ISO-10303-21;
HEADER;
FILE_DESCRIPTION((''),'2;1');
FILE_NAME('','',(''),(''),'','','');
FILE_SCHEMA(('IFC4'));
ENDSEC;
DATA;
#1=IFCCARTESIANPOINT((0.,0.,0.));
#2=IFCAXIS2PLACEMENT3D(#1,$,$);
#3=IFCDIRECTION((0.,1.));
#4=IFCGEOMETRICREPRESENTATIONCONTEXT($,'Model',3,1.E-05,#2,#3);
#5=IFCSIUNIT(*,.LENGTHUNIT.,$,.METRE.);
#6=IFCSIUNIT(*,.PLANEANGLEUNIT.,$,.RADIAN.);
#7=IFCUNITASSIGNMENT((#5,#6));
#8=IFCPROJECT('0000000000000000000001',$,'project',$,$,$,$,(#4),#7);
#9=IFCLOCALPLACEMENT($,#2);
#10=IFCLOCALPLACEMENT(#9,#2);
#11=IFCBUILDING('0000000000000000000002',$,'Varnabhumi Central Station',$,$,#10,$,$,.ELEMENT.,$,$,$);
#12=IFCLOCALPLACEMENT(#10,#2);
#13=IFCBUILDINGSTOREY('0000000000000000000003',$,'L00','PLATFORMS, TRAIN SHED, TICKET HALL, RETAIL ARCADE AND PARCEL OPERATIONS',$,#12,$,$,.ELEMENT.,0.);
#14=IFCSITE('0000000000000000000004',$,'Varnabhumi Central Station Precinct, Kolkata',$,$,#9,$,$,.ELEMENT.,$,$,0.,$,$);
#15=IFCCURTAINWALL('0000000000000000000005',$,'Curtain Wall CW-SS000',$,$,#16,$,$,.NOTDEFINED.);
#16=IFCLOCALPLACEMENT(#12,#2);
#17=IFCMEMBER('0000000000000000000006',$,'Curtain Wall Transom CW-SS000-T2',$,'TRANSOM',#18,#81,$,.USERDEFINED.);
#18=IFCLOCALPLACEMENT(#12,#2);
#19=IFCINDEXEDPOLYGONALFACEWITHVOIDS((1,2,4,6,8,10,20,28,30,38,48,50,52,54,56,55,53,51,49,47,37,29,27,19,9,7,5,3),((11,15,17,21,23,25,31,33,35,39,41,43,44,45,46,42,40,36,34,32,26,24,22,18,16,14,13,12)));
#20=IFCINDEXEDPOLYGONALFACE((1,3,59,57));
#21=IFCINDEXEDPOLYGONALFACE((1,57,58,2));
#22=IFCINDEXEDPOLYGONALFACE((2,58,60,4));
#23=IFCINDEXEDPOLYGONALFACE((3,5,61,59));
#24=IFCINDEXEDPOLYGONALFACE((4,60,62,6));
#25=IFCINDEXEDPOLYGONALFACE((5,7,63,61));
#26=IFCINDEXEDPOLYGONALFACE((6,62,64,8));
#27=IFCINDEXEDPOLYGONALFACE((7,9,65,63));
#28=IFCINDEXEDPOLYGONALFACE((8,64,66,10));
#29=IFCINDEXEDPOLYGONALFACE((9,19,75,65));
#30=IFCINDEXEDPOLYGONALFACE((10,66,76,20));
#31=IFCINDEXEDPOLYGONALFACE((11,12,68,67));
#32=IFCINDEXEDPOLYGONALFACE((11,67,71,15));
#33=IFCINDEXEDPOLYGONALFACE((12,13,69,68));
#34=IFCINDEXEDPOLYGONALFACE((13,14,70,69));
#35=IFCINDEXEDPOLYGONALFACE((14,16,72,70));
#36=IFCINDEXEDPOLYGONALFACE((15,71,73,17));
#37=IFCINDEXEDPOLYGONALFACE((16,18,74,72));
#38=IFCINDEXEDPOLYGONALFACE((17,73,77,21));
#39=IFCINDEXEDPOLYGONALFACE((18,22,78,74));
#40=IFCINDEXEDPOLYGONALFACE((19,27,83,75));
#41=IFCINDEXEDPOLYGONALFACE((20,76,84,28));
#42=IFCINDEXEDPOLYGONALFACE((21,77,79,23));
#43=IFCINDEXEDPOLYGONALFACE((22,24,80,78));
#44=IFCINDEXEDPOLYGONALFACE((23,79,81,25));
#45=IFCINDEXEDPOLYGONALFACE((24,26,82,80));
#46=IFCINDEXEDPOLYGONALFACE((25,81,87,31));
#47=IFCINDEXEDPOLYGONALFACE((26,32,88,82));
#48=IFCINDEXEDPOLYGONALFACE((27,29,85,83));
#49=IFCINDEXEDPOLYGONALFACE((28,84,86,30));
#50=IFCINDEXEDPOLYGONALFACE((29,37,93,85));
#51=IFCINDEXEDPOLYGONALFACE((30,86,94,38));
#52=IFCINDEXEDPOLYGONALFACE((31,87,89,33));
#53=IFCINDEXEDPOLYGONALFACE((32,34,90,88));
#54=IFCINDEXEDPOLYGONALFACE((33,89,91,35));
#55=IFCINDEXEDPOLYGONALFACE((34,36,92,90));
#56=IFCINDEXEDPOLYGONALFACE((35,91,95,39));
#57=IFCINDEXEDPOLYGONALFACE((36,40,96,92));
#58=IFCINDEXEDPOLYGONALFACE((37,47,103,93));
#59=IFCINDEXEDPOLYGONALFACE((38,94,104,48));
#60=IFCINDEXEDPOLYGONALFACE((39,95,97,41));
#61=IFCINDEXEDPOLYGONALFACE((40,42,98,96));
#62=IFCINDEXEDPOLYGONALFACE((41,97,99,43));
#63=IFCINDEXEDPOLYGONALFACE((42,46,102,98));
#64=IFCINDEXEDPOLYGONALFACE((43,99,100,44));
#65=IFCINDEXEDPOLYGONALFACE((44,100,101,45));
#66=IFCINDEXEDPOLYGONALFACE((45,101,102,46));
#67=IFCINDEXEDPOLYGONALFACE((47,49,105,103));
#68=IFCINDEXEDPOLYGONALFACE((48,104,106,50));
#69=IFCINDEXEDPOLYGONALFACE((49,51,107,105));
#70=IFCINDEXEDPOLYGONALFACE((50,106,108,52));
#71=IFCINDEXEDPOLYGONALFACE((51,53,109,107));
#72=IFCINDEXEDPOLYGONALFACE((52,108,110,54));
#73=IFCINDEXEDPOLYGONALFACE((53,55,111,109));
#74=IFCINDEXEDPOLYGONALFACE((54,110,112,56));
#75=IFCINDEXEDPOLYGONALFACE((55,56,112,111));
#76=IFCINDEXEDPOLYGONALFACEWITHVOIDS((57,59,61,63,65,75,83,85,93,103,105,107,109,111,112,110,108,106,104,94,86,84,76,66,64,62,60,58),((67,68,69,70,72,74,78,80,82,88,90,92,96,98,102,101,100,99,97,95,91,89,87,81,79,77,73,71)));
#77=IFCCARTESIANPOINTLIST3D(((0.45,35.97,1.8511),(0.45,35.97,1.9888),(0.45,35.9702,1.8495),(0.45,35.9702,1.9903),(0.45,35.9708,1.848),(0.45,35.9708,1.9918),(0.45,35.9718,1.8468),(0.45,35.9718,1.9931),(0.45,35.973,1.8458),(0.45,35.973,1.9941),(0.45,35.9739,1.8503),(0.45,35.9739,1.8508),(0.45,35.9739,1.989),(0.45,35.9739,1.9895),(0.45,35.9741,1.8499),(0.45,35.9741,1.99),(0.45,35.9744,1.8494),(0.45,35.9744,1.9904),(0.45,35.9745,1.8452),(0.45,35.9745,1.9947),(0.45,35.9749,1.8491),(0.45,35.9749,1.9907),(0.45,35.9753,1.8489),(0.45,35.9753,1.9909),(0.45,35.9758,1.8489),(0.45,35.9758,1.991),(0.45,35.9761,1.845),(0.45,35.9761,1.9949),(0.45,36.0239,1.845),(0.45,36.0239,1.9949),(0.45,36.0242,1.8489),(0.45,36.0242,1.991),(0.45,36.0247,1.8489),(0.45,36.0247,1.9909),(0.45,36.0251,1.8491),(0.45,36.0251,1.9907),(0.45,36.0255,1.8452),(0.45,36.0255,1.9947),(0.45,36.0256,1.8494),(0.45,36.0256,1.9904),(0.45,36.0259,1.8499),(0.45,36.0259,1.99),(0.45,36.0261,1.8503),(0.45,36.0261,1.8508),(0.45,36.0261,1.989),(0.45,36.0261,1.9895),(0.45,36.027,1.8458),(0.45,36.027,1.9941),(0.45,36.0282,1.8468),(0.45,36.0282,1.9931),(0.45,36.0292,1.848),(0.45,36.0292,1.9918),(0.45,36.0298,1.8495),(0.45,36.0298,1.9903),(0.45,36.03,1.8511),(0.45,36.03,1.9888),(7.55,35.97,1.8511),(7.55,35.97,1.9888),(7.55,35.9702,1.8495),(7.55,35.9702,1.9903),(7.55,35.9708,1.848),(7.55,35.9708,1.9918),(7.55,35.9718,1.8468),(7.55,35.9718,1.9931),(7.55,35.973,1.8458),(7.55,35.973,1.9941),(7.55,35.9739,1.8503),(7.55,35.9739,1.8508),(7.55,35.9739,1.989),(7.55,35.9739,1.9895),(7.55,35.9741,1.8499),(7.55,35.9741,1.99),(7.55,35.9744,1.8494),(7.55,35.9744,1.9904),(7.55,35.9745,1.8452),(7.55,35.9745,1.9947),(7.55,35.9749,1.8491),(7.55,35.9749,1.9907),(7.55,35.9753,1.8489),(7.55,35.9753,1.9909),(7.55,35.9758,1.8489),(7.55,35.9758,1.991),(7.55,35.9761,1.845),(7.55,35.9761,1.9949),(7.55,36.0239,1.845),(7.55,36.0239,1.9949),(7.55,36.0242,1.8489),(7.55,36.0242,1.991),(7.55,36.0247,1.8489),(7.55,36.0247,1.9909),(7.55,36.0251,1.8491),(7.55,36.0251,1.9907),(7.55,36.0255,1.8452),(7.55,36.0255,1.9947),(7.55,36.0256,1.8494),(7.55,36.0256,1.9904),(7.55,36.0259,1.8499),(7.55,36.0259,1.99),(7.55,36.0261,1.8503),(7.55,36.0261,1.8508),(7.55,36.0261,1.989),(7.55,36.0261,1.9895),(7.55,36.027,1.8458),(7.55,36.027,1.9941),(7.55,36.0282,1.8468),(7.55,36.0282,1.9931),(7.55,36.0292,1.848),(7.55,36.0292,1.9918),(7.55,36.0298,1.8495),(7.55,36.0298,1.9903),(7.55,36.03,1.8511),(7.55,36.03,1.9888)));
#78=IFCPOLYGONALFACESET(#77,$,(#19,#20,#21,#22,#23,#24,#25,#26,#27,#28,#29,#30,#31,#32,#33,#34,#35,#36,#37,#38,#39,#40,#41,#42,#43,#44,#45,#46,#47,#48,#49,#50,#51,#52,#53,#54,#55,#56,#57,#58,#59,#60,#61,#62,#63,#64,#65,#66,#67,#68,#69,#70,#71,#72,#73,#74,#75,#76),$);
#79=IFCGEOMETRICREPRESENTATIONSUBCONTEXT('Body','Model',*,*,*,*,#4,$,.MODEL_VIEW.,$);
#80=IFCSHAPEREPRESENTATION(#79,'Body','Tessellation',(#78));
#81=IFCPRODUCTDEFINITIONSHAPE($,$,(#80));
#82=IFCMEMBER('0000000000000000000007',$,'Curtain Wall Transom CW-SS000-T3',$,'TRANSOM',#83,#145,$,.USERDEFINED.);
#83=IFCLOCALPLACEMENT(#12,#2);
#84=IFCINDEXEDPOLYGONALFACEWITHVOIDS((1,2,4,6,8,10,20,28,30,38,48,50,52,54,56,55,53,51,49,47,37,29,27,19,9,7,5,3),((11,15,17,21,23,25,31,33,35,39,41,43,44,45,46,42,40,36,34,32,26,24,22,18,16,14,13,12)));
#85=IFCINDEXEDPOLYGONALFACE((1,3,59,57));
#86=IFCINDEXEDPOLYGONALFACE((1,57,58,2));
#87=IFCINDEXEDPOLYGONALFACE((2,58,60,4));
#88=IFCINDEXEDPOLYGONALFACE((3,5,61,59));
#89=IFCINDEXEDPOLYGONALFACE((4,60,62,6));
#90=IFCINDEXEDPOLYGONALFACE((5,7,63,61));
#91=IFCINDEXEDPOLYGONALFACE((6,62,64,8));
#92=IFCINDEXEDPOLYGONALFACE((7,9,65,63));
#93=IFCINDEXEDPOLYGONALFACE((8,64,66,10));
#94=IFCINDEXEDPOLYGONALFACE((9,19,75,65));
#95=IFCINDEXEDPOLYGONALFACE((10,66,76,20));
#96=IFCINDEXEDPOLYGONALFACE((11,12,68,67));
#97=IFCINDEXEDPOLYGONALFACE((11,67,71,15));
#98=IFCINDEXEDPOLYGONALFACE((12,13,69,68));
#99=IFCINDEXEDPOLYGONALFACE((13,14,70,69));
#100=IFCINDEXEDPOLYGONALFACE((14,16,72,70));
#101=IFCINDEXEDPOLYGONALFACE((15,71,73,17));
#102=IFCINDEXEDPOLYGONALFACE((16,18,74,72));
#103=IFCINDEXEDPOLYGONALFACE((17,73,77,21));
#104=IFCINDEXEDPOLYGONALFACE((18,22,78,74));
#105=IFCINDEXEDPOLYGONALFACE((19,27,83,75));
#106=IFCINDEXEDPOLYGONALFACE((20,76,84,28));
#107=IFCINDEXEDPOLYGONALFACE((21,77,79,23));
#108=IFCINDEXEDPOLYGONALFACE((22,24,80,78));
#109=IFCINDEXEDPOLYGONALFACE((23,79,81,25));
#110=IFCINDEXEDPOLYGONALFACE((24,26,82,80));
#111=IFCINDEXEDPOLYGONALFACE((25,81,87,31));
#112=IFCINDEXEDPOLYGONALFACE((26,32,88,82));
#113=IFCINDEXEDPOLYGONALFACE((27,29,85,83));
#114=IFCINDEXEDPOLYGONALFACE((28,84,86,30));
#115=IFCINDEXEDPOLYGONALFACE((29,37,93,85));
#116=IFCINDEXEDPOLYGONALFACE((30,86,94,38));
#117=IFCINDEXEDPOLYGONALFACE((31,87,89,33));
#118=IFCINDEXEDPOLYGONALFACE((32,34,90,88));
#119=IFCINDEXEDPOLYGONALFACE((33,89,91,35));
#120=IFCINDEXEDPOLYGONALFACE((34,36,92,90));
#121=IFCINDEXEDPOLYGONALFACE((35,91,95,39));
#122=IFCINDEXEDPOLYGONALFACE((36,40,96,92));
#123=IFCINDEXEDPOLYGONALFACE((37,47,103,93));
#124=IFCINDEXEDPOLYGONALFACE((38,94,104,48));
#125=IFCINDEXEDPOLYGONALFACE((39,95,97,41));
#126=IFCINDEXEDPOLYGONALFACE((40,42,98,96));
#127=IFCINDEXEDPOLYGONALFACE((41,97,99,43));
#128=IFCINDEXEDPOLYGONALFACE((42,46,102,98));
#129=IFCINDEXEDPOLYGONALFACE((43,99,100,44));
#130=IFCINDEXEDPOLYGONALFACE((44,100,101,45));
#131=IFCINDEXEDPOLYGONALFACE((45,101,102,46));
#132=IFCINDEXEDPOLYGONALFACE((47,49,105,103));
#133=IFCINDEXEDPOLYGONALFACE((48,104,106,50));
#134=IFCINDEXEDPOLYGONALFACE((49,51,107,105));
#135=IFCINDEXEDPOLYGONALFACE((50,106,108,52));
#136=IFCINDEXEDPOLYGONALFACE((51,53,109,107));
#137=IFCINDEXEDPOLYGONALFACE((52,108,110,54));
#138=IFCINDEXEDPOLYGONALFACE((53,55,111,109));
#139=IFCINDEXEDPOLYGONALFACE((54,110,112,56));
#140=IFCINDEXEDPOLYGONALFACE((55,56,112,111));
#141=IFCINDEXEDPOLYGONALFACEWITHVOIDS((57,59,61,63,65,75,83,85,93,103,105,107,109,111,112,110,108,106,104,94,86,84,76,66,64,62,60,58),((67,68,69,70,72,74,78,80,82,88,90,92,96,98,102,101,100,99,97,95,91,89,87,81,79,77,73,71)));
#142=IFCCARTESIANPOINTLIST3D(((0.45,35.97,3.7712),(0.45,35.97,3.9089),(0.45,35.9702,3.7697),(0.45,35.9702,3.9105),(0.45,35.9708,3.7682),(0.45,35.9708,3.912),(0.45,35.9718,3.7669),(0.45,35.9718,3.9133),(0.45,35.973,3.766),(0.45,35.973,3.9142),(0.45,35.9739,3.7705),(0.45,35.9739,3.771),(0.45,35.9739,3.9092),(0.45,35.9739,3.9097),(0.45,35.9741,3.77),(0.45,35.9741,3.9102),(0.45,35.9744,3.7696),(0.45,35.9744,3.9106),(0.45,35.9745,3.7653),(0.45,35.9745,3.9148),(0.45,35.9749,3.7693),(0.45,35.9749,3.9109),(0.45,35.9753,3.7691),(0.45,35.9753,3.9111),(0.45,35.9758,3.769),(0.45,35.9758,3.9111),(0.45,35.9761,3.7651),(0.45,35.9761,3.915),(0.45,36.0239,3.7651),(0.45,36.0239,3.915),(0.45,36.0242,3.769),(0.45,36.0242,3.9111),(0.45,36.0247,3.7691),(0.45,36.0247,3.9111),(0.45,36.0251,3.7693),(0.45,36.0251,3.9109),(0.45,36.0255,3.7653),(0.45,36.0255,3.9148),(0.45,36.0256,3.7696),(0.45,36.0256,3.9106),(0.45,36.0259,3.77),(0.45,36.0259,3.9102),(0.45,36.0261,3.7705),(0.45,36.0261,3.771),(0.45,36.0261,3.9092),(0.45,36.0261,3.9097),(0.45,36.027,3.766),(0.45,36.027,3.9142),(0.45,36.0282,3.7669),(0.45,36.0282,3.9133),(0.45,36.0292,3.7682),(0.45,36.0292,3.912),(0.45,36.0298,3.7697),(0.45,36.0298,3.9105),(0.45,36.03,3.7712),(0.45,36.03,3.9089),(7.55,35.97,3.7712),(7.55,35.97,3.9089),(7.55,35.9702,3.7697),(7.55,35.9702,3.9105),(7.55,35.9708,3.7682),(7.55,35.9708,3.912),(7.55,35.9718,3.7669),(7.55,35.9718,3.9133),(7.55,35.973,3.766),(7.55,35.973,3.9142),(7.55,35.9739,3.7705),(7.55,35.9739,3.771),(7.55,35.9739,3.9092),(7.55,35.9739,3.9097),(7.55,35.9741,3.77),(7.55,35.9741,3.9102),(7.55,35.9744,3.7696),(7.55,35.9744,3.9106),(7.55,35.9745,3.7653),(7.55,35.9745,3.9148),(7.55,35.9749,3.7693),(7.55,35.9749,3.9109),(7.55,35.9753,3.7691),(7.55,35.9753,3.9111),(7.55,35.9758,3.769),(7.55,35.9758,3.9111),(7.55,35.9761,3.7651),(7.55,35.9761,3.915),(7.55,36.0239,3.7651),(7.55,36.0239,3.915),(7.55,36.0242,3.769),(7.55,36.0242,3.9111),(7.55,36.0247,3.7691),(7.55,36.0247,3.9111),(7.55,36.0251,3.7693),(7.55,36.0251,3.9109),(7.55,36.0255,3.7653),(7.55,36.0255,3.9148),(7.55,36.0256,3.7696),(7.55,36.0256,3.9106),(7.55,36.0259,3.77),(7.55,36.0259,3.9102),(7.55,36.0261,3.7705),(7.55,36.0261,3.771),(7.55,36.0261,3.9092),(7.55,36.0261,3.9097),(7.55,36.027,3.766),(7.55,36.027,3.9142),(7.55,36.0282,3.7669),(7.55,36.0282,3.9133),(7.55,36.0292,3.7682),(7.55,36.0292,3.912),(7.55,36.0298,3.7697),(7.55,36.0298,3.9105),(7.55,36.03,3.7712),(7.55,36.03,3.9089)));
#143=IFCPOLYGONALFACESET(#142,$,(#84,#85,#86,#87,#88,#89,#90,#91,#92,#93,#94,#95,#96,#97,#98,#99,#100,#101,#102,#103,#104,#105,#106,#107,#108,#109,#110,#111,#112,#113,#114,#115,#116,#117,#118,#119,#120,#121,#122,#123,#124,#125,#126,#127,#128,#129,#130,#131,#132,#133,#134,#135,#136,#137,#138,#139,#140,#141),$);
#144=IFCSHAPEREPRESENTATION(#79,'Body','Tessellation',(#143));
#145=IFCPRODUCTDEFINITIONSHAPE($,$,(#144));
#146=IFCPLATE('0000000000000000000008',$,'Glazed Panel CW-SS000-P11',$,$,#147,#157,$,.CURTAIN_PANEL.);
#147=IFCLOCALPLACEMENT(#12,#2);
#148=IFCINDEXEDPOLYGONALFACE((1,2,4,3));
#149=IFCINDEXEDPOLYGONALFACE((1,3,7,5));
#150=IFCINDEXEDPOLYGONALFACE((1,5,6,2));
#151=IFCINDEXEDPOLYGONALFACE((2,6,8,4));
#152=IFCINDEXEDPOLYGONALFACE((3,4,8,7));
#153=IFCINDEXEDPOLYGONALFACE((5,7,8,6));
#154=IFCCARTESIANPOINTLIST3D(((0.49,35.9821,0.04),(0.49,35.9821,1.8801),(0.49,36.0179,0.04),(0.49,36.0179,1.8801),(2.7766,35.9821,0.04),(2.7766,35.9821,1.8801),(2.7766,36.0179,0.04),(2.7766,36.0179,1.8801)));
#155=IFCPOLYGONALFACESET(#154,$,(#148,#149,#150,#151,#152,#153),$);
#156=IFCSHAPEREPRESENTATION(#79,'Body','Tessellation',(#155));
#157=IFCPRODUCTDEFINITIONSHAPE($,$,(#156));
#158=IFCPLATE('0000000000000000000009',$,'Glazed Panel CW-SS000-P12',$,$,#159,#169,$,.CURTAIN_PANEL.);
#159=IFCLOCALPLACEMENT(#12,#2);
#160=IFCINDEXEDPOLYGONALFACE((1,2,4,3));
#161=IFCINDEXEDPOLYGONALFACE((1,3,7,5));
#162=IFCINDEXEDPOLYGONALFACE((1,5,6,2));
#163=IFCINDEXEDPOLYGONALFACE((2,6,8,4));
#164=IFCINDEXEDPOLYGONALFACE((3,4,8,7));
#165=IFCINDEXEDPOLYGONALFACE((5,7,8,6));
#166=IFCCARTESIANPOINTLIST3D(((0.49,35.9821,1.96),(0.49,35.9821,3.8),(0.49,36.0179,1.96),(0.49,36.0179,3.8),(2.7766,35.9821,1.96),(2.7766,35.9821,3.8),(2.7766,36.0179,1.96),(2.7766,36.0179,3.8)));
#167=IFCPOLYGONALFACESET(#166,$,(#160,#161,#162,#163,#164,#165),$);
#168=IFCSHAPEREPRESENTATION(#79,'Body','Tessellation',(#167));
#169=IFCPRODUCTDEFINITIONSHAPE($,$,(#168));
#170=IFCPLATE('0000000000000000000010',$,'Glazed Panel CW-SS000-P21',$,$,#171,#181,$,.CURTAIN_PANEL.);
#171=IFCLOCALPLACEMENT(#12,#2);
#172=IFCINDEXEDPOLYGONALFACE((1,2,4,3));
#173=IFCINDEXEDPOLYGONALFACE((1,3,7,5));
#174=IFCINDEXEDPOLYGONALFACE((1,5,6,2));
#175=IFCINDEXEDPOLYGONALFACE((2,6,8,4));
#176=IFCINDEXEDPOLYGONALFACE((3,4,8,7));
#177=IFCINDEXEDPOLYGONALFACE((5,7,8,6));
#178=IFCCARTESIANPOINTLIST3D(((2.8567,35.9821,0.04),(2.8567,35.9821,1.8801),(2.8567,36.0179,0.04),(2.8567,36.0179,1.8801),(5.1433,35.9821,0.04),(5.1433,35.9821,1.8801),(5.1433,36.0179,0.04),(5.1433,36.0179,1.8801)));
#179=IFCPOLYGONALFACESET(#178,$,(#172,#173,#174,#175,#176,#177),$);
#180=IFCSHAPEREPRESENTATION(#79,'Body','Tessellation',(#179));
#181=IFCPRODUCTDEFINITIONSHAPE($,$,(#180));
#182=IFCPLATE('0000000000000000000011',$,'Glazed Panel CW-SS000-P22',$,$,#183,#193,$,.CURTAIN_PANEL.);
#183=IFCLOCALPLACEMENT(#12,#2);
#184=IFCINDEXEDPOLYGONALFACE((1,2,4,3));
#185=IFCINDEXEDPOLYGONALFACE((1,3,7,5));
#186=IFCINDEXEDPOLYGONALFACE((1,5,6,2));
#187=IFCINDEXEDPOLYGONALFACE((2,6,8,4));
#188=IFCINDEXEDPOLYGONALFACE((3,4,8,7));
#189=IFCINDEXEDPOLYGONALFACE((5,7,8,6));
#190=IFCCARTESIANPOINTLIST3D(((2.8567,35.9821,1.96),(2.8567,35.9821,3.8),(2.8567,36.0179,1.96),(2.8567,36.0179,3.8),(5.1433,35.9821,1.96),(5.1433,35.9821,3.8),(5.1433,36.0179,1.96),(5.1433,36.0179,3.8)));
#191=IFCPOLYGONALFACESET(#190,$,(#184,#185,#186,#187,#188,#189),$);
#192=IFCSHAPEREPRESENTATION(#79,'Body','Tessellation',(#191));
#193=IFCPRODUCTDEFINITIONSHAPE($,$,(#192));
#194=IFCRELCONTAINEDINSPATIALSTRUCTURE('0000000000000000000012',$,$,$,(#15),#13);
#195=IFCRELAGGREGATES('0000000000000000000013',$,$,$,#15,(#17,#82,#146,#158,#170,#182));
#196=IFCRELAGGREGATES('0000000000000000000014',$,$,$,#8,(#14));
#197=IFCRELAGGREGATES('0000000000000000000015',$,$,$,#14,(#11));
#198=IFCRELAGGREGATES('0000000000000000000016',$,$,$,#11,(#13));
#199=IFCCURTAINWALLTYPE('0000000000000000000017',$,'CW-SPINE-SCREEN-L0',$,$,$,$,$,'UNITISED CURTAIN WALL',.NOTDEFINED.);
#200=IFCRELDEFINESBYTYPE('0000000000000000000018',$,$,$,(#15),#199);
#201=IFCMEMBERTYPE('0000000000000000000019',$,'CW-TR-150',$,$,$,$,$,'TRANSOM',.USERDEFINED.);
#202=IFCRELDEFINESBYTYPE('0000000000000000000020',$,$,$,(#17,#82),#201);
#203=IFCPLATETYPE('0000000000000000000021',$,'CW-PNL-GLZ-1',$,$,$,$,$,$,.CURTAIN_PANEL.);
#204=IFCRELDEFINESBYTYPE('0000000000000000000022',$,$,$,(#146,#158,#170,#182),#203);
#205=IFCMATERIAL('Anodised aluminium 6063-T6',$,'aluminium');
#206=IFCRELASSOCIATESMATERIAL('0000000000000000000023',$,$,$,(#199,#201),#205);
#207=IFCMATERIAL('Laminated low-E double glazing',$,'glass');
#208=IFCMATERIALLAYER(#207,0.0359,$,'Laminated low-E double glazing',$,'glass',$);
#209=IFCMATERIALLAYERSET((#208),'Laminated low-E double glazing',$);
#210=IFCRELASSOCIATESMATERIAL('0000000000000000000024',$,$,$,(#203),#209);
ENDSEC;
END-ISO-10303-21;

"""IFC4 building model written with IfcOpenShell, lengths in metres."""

from ifc_helpers import new_model, si_unit, direction, frame, origin, origin_2d, place, context, subcontext, project, spatial, rectangle, hollow_rectangle, extrude, material, layer, layer_set, material_profile, profile_set, type_object, element, aggregate, save


model = new_model("IFC4")

# Units and contexts
model_context = context("Model", 3, precision=1e-05, world=origin(), true_north=direction((0.0, 1.0)))
body_context = subcontext(model_context, "Body", "Model", "MODEL_VIEW")
ifc_project = project(units=[si_unit("LENGTHUNIT", "METRE"), si_unit("PLANEANGLEUNIT", "RADIAN")], contexts=[model_context])

# Site, building, storey
site_placement = place(None, origin())
site = spatial("IfcSite", under=ifc_project, at=site_placement, Name="Varnabhumi Central Station Precinct, Kolkata", CompositionType="ELEMENT", RefElevation=0.0)
building_placement = place(site_placement, origin())
building = spatial("IfcBuilding", under=site, at=building_placement, Name="Varnabhumi Central Station", CompositionType="ELEMENT")
storey_placement = place(building_placement, origin())
storey = spatial("IfcBuildingStorey", under=building, at=storey_placement, Name="L00", Description="PLATFORMS, TRAIN SHED, TICKET HALL, RETAIL ARCADE AND PARCEL OPERATIONS", CompositionType="ELEMENT", Elevation=0.0)

# Curtain wall, members, plates
ifc_material_1 = material(Name="Anodised aluminium 6063-T6", Category="aluminium")
curtain_wall_type = type_object("IfcCurtainWallType", Name="CW-SPINE-SCREEN-L0", ElementType="UNITISED CURTAIN WALL", PredefinedType="NOTDEFINED", material=ifc_material_1)
curtain_wall_placement = place(storey_placement, origin())
curtain_wall = element("IfcCurtainWall", 1, at=curtain_wall_placement, inside=storey, type_object=curtain_wall_type, Name="Curtain Wall CW-SS000", PredefinedType="NOTDEFINED")
ifc_material_profile_1 = material_profile(ifc_material_1, hollow_rectangle(XDim=0.0601, YDim=0.1499, WallThickness=0.0039, InnerFilletRadius=0.002, OuterFilletRadius=0.0061, at=origin_2d()), Name="Anodised aluminium 6063-T6", Category="aluminium")
ifc_profile_set_1 = profile_set([ifc_material_profile_1], Name="Anodised aluminium 6063-T6")
member_type_1 = type_object("IfcMemberType", Name="CW-TR-150", ElementType="TRANSOM", PredefinedType="USERDEFINED", material=ifc_profile_set_1)
member_1_placement = place(storey_placement, frame((0.45, 36.0, 1.9199), z_axis=(1.0, 0.0, 0.0), x_axis=(0.0, 1.0, 0.0)))
member_1 = element("IfcMember", 2, at=member_1_placement, type_object=member_type_1, Name="Curtain Wall Transom CW-SS000-T2", ObjectType="TRANSOM", PredefinedType="USERDEFINED", context=body_context, shape_type="SweptSolid", body=[
    extrude(hollow_rectangle(XDim=0.0601, YDim=0.1499, WallThickness=0.0039, InnerFilletRadius=0.002, OuterFilletRadius=0.0061, at=origin_2d()), origin(), (0.0, 0.0, 1.0), 7.1001),
])
member_2_placement = place(storey_placement, frame((0.45, 36.0, 3.8401), z_axis=(1.0, 0.0, 0.0), x_axis=(0.0, 1.0, 0.0)))
member_2 = element("IfcMember", 3, at=member_2_placement, type_object=member_type_1, Name="Curtain Wall Transom CW-SS000-T3", ObjectType="TRANSOM", PredefinedType="USERDEFINED", context=body_context, shape_type="SweptSolid", body=[
    extrude(hollow_rectangle(XDim=0.0601, YDim=0.1499, WallThickness=0.0039, InnerFilletRadius=0.002, OuterFilletRadius=0.0061, at=origin_2d()), origin(), (0.0, 0.0, 1.0), 7.1001),
])
ifc_material_2 = material(Name="Laminated low-E double glazing", Category="glass")
ifc_layer_1 = layer(ifc_material_2, 0.0359, Name="Laminated low-E double glazing", Category="glass")
ifc_layer_set_1 = layer_set([ifc_layer_1], Name="Laminated low-E double glazing")
plate_type_1 = type_object("IfcPlateType", Name="CW-PNL-GLZ-1", PredefinedType="CURTAIN_PANEL", material=ifc_layer_set_1)
plate_1_placement = place(storey_placement, frame((1.6333, 36.0, 0.04), z_axis=(0.0, 0.0, 1.0), x_axis=(1.0, 0.0, 0.0)))
plate_1 = element("IfcPlate", 4, at=plate_1_placement, type_object=plate_type_1, Name="Glazed Panel CW-SS000-P11", PredefinedType="CURTAIN_PANEL", context=body_context, shape_type="SweptSolid", body=[
    extrude(rectangle(XDim=2.2866, YDim=0.0359, at=origin_2d()), origin(), (0.0, 0.0, 1.0), 1.8401),
])
plate_2_placement = place(storey_placement, frame((1.6333, 36.0, 1.96), z_axis=(0.0, 0.0, 1.0), x_axis=(1.0, 0.0, 0.0)))
plate_2 = element("IfcPlate", 5, at=plate_2_placement, type_object=plate_type_1, Name="Glazed Panel CW-SS000-P12", PredefinedType="CURTAIN_PANEL", context=body_context, shape_type="SweptSolid", body=[
    extrude(rectangle(XDim=2.2866, YDim=0.0359, at=origin_2d()), origin(), (0.0, 0.0, 1.0), 1.8401),
])
plate_3_placement = place(storey_placement, frame((4.0, 36.0, 0.04), z_axis=(0.0, 0.0, 1.0), x_axis=(1.0, 0.0, 0.0)))
plate_3 = element("IfcPlate", 6, at=plate_3_placement, type_object=plate_type_1, Name="Glazed Panel CW-SS000-P21", PredefinedType="CURTAIN_PANEL", context=body_context, shape_type="SweptSolid", body=[
    extrude(rectangle(XDim=2.2866, YDim=0.0359, at=origin_2d()), origin(), (0.0, 0.0, 1.0), 1.8401),
])
plate_4_placement = place(storey_placement, frame((4.0, 36.0, 1.96), z_axis=(0.0, 0.0, 1.0), x_axis=(1.0, 0.0, 0.0)))
plate_4 = element("IfcPlate", 7, at=plate_4_placement, type_object=plate_type_1, Name="Glazed Panel CW-SS000-P22", PredefinedType="CURTAIN_PANEL", context=body_context, shape_type="SweptSolid", body=[
    extrude(rectangle(XDim=2.2866, YDim=0.0359, at=origin_2d()), origin(), (0.0, 0.0, 1.0), 1.8401),
])
aggregate(curtain_wall, [member_1, member_2, plate_1, plate_2, plate_3, plate_4])

save(model, "model.ifc")
